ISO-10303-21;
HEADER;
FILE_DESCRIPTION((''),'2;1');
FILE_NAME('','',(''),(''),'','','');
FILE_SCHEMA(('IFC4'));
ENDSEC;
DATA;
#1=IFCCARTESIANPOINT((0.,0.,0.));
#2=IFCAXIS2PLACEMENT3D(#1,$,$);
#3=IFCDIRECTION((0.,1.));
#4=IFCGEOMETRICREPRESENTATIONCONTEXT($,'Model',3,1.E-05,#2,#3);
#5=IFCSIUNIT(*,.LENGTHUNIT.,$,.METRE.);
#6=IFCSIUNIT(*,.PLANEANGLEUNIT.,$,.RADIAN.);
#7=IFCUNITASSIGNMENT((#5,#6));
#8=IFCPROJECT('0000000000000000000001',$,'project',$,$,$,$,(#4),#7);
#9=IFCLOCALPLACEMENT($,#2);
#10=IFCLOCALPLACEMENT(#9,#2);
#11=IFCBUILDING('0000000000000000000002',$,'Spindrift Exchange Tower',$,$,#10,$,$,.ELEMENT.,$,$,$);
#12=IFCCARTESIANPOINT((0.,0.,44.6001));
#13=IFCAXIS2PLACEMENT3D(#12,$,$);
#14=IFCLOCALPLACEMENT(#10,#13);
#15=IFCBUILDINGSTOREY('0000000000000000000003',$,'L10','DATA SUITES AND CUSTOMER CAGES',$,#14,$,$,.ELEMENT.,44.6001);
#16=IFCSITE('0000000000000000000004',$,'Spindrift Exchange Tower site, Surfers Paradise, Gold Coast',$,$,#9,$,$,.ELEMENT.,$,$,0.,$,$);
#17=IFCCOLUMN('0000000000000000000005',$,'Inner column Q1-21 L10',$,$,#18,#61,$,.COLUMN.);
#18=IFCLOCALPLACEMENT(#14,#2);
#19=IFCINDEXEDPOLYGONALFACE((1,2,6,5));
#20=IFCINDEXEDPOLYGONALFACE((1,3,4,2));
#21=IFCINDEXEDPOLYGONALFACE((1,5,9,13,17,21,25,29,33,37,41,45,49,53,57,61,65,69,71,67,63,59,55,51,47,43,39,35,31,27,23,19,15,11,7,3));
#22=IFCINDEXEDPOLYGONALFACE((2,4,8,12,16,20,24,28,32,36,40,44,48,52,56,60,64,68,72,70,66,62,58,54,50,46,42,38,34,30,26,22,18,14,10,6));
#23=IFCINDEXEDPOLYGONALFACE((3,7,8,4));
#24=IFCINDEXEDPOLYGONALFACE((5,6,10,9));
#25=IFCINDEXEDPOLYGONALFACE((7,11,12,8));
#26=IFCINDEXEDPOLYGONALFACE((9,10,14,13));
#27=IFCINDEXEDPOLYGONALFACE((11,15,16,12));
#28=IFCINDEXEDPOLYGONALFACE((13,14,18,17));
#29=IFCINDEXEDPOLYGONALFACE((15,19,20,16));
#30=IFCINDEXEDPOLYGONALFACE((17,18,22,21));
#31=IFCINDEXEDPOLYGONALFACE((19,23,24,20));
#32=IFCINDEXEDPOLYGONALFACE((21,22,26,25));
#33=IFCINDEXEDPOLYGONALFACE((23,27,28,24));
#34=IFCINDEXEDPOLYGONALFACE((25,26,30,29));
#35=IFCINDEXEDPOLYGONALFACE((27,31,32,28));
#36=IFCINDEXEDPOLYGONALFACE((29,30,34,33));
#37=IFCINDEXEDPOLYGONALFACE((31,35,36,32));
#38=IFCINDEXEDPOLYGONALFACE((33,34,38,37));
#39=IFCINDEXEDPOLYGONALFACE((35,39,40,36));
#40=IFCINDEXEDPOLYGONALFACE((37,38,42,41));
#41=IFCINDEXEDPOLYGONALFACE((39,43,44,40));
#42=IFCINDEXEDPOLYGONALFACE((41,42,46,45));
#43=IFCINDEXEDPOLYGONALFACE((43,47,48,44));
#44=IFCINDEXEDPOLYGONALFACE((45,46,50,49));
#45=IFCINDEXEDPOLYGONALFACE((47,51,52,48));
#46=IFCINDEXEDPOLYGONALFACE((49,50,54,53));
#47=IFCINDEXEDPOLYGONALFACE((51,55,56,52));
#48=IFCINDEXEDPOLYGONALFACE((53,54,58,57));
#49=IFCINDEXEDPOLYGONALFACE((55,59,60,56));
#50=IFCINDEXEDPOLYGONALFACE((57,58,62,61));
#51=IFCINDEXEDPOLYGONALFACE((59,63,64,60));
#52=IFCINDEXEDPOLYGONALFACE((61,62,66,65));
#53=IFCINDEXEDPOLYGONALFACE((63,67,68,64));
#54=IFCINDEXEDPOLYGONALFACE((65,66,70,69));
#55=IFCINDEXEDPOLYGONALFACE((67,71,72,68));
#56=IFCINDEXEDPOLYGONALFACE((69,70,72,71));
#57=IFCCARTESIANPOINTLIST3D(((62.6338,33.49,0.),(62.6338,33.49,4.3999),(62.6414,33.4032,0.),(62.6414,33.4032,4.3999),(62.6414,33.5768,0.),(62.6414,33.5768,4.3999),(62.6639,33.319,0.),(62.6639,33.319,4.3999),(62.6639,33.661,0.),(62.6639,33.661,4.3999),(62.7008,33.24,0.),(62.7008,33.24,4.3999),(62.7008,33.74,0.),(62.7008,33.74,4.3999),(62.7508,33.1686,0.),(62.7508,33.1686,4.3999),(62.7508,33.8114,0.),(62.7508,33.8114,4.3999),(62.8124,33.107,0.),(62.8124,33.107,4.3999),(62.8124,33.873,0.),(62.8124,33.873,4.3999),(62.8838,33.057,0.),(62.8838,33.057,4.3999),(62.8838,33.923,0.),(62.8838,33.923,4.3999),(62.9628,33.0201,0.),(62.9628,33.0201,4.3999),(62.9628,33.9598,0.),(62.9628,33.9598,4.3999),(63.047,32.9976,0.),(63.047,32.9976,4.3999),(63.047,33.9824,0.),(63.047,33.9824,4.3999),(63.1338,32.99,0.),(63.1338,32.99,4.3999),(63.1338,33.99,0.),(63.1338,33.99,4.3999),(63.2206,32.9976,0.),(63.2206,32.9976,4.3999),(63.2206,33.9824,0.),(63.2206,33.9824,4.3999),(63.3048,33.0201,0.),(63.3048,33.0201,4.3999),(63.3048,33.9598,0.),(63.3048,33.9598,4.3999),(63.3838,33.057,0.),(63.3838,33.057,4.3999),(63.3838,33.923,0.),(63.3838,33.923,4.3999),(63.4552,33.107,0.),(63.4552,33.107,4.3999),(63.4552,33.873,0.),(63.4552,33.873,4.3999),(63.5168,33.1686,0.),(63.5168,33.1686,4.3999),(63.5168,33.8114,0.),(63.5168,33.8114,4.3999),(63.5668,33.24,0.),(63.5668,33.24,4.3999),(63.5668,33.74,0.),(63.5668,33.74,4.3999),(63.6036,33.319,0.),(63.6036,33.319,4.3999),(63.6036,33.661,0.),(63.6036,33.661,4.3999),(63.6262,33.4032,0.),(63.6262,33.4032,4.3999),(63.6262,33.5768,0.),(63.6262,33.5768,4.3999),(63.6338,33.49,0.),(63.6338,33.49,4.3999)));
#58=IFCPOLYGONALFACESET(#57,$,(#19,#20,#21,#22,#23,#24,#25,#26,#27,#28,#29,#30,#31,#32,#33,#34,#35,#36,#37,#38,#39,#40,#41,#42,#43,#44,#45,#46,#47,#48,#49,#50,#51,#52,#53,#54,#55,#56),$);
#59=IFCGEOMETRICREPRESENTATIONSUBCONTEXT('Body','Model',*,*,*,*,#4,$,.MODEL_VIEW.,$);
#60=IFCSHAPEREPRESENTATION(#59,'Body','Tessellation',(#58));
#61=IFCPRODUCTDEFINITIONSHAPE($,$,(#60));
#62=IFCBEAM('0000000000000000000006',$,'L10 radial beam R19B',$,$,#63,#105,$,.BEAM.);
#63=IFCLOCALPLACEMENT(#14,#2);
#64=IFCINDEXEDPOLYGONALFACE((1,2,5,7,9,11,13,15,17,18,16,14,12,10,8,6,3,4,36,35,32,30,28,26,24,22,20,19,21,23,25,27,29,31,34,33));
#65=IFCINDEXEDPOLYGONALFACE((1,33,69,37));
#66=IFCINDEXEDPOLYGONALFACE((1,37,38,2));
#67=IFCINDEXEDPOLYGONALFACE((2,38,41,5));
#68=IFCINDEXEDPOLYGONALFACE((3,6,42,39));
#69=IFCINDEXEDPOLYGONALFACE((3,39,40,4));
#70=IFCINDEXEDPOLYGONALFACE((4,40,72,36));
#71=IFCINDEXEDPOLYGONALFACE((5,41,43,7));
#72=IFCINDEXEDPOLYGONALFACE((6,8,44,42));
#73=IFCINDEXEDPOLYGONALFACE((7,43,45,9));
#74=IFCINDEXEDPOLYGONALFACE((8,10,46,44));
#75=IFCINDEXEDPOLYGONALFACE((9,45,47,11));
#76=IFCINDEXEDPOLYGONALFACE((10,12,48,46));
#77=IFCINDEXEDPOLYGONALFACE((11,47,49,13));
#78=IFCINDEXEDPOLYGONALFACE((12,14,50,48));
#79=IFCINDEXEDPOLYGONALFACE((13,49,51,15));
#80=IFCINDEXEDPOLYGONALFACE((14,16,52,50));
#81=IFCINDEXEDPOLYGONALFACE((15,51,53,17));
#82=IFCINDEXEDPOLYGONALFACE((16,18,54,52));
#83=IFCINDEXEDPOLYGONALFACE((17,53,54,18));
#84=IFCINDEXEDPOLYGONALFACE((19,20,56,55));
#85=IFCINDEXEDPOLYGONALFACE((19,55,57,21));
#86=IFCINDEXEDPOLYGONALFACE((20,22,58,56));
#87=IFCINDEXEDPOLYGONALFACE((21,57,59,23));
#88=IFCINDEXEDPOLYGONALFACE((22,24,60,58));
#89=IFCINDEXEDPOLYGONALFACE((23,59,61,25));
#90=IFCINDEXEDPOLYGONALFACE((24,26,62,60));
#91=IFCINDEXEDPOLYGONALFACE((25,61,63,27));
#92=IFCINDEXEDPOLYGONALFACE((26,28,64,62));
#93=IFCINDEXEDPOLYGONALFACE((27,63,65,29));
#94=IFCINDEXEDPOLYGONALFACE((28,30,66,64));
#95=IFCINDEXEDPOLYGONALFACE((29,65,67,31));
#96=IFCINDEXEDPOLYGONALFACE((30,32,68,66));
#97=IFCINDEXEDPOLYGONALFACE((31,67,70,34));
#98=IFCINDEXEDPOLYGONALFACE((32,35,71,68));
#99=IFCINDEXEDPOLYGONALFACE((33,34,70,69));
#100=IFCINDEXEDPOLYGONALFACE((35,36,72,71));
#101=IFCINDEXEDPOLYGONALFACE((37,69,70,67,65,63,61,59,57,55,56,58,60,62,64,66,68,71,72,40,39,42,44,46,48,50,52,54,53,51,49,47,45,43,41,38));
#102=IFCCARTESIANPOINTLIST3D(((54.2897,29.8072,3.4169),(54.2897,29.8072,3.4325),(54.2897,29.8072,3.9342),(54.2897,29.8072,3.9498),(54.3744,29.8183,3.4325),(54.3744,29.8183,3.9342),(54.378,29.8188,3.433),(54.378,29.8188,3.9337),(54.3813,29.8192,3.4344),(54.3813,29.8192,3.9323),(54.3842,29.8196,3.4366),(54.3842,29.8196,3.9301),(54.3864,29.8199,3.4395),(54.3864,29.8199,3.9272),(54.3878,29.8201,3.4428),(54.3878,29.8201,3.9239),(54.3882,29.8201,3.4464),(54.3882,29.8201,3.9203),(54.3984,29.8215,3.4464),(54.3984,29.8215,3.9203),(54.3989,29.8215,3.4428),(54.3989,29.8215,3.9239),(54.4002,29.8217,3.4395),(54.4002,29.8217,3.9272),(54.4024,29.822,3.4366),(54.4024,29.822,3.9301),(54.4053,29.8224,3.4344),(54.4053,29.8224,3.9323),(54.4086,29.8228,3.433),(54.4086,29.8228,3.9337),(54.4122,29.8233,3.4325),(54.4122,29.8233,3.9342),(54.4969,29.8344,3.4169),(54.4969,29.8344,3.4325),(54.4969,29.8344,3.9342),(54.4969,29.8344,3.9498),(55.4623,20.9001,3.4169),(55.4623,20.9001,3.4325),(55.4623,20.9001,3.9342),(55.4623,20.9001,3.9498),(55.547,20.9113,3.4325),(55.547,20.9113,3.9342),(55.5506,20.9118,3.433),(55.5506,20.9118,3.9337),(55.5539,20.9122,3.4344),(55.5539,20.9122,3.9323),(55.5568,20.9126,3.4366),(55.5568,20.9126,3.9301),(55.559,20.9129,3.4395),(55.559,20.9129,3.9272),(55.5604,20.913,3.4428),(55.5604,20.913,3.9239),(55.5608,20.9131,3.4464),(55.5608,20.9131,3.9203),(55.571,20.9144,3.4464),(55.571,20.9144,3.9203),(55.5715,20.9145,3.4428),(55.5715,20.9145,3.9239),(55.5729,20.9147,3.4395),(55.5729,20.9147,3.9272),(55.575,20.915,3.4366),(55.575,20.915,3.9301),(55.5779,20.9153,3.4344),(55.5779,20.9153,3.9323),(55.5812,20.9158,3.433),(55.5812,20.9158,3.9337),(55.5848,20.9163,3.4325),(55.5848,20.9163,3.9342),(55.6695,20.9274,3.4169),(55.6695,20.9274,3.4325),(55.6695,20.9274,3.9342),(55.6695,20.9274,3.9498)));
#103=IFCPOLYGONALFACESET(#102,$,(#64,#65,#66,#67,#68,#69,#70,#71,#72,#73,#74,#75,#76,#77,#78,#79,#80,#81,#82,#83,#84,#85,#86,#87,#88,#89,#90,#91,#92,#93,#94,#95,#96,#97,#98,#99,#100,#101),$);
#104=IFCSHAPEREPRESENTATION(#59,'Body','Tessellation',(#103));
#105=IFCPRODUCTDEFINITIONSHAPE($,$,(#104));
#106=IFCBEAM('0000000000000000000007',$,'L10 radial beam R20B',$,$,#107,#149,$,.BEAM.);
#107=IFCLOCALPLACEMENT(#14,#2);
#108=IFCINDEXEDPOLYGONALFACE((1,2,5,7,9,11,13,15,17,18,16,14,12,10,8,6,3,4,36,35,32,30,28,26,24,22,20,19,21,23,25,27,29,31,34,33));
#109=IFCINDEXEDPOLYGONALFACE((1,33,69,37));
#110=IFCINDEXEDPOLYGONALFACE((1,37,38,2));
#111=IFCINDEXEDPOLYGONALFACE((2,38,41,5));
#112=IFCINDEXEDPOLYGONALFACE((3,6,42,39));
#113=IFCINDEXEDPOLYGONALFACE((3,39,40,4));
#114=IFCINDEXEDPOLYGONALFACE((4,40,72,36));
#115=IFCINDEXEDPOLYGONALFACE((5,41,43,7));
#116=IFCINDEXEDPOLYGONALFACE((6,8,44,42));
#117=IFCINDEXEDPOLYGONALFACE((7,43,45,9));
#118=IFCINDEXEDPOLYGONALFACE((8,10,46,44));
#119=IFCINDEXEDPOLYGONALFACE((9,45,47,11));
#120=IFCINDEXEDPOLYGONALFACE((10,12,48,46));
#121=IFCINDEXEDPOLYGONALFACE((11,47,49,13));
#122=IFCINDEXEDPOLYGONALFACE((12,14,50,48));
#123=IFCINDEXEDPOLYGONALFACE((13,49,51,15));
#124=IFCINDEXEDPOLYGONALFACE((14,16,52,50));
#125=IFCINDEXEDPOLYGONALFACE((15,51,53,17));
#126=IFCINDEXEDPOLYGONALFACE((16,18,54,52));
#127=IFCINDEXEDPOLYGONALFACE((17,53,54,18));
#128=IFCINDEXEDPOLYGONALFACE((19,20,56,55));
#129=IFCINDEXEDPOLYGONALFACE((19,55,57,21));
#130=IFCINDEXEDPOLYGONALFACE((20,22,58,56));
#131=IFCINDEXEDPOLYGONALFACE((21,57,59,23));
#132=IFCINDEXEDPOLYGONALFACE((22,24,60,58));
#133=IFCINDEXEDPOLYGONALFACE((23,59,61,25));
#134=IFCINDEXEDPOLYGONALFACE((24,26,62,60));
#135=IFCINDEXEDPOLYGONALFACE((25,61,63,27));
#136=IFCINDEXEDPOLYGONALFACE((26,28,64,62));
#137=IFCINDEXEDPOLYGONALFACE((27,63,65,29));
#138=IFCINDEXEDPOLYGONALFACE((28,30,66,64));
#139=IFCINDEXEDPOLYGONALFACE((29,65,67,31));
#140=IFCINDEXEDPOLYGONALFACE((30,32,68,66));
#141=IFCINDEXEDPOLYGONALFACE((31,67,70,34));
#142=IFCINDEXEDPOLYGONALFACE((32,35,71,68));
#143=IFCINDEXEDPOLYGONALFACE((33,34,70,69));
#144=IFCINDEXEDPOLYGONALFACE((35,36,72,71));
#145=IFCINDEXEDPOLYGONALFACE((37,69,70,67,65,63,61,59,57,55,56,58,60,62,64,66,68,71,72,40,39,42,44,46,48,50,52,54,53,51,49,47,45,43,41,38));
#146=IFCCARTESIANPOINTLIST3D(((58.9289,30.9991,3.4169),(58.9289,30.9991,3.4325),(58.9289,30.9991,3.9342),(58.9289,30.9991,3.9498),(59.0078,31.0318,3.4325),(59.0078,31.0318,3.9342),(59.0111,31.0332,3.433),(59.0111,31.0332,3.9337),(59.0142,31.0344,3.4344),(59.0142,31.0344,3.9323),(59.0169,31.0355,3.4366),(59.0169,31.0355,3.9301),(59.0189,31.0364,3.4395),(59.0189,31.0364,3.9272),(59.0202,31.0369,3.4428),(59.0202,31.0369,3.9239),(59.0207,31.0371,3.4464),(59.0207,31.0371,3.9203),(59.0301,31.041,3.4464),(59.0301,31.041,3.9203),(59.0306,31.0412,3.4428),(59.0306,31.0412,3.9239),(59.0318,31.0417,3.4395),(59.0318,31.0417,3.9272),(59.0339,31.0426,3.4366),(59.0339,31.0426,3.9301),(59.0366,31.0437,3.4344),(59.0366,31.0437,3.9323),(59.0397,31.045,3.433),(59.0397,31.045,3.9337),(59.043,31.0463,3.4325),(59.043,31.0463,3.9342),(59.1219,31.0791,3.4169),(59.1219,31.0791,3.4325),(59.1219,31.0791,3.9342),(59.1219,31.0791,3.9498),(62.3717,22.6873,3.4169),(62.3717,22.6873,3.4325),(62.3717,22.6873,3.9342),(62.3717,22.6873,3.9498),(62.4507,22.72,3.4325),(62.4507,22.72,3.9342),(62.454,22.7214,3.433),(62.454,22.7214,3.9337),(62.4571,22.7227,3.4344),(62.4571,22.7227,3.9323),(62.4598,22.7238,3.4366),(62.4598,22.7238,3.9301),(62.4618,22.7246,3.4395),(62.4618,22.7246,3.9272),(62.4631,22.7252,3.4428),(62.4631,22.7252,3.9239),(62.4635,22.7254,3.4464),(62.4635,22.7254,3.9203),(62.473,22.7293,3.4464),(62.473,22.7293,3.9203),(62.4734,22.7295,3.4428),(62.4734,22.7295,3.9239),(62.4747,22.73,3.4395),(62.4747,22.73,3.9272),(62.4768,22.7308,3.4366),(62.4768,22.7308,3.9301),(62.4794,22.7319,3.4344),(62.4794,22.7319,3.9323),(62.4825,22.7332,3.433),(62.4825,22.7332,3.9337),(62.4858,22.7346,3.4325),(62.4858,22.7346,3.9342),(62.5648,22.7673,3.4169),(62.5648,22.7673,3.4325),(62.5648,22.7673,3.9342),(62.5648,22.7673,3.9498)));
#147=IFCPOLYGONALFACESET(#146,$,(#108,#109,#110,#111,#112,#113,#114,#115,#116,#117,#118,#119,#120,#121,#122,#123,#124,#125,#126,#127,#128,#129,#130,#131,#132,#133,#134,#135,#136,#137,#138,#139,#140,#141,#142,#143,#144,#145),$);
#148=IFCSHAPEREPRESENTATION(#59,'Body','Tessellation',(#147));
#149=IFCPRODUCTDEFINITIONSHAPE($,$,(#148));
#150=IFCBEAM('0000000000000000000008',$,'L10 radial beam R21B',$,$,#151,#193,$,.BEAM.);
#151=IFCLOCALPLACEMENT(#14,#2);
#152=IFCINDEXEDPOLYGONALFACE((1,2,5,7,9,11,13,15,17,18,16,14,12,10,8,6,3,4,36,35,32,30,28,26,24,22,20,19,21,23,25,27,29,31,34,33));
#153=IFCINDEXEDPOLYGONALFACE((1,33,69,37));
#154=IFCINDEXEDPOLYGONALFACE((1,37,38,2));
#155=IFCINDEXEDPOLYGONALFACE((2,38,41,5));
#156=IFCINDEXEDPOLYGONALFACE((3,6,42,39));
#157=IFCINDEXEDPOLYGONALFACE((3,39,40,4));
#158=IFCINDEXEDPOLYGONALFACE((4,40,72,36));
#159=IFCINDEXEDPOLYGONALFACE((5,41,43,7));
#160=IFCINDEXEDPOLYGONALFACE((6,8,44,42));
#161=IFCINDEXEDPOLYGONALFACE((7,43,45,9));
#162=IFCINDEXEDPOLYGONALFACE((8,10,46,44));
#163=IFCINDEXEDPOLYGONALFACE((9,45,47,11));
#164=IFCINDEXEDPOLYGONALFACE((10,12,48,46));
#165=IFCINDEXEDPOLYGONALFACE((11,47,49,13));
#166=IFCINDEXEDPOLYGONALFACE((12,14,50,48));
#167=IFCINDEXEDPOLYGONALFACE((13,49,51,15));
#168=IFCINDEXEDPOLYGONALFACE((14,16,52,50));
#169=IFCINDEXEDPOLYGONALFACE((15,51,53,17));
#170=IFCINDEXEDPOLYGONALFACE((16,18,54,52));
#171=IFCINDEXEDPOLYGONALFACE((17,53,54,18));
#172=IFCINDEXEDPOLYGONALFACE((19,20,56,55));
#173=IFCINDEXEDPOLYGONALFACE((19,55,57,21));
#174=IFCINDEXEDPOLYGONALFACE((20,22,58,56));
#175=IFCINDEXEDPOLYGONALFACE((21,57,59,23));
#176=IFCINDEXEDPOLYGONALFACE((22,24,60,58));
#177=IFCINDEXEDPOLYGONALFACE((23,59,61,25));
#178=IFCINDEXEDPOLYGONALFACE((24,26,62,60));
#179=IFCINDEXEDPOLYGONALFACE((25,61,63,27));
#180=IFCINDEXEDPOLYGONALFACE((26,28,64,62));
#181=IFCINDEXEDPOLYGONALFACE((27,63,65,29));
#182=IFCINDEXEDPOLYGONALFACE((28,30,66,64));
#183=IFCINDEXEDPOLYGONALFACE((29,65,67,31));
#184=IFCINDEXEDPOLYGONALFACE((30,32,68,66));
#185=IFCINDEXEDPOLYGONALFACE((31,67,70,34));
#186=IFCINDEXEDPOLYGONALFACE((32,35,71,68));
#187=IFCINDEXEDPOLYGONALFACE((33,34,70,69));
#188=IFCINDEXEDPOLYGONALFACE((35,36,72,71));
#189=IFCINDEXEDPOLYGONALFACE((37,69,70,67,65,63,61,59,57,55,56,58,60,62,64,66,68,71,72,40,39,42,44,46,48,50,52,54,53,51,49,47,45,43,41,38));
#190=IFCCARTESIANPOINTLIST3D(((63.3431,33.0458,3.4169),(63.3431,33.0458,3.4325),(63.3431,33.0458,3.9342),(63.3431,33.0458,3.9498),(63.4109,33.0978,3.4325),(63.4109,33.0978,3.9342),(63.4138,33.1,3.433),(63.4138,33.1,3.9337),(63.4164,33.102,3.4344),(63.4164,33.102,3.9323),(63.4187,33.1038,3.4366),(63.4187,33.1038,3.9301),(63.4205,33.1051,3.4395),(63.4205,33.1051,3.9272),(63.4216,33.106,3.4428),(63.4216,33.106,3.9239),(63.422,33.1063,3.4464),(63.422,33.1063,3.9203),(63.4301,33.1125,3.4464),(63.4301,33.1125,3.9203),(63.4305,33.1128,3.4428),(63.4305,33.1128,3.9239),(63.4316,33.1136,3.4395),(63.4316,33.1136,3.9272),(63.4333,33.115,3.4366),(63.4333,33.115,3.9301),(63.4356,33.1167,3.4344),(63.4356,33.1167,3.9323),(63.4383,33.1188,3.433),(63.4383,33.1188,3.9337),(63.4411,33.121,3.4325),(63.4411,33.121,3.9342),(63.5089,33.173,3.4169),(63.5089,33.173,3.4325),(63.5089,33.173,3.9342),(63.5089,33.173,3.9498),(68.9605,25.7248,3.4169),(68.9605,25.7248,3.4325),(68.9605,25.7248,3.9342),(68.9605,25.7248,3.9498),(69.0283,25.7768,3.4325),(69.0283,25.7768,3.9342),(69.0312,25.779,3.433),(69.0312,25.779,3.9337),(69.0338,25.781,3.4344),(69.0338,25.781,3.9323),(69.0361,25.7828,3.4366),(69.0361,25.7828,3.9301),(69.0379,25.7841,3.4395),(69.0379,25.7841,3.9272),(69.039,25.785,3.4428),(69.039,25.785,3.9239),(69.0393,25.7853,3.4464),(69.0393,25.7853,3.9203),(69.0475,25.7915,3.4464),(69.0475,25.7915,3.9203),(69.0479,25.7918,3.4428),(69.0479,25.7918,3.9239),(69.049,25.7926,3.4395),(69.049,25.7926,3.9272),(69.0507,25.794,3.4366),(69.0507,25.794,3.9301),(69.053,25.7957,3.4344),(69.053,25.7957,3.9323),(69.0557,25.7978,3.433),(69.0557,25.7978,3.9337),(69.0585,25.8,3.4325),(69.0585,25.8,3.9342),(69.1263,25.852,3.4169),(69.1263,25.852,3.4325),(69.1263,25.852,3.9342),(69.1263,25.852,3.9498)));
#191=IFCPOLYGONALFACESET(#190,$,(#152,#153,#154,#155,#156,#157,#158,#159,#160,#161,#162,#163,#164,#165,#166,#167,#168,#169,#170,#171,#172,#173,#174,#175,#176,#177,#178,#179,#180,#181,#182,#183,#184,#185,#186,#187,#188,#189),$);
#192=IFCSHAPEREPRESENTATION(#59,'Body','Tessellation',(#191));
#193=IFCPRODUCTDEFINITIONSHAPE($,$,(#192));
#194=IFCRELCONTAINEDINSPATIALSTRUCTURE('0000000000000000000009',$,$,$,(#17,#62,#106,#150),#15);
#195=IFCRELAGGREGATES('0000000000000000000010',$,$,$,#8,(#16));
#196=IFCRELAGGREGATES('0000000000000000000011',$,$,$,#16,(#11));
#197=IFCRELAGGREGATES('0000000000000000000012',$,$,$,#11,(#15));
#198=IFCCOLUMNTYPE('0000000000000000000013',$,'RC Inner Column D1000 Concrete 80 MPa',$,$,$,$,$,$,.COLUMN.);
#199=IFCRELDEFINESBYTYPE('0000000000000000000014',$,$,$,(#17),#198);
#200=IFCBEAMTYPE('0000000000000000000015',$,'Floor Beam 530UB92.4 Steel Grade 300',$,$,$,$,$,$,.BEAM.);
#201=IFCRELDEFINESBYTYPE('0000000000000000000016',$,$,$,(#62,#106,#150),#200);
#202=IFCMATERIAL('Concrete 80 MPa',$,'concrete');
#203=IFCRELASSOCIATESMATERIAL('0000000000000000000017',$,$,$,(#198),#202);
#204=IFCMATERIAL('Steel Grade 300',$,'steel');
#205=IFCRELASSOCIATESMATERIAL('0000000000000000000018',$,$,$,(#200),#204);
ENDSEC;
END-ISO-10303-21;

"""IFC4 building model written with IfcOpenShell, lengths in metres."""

from ifc_helpers import new_model, si_unit, direction, frame, origin, origin_2d, place, context, subcontext, project, spatial, circle, i_section, extrude, source, transform, mapped, material, material_profile, profile_set, type_object, element, save


model = new_model("IFC4")

# Units and contexts
model_context = context("Model", 3, precision=1e-05, world=origin(), true_north=direction((0.0, 1.0)))
body_context = subcontext(model_context, "Body", "Model", "MODEL_VIEW")
ifc_project = project(units=[si_unit("LENGTHUNIT", "METRE"), si_unit("PLANEANGLEUNIT", "RADIAN")], contexts=[model_context])

# Site, building, storey
site_placement = place(None, origin())
site = spatial("IfcSite", under=ifc_project, at=site_placement, Name="Spindrift Exchange Tower site, Surfers Paradise, Gold Coast", CompositionType="ELEMENT", RefElevation=0.0)
building_placement = place(site_placement, origin())
building = spatial("IfcBuilding", under=site, at=building_placement, Name="Spindrift Exchange Tower", CompositionType="ELEMENT")
storey_placement = place(building_placement, frame((0.0, 0.0, 44.6001)))
storey = spatial("IfcBuildingStorey", under=building, at=storey_placement, Name="L10", Description="DATA SUITES AND CUSTOMER CAGES", CompositionType="ELEMENT", Elevation=44.6001)

# Column
ifc_material_1 = material(Name="Concrete 80 MPa", Category="concrete")
ifc_material_profile_1 = material_profile(ifc_material_1, circle(Radius=0.5, at=origin_2d()), Name="RC D1000")
ifc_profile_set_1 = profile_set([ifc_material_profile_1], Name="Concrete 80 MPa")
column_type_1 = type_object("IfcColumnType", Name="RC Inner Column D1000 Concrete 80 MPa", PredefinedType="COLUMN", material=ifc_profile_set_1)
shared_shape_1 = source(origin(), body_context, "Body", "SweptSolid", [
    extrude(circle(Radius=0.5, at=origin_2d()), origin(), (0.0, 0.0, 1.0), 4.3999),
])
for number, where, z_axis, x_axis, name in (
    (1, (63.1338, 33.49, 0.0), (0.0, 0.0, 1.0), (1.0, 0.0, 0.0), "Inner column Q1-21 L10"),
):
    element("IfcColumn", number, at=place(storey_placement, frame(where, z_axis=z_axis, x_axis=x_axis)), inside=storey, type_object=column_type_1, Name=name, PredefinedType="COLUMN", context=body_context, shape_type="MappedRepresentation", body=[
        mapped(shared_shape_1, transform((0.0, 0.0, 0.0), scale=1.0)),
    ])

# Beams
ifc_material_2 = material(Name="Steel Grade 300", Category="steel")
ifc_material_profile_2 = material_profile(ifc_material_2, i_section(OverallWidth=0.209, OverallDepth=0.533, WebThickness=0.0103, FlangeThickness=0.0156, FilletRadius=0.0139, at=origin_2d()), Name="530UB92.4")
ifc_profile_set_2 = profile_set([ifc_material_profile_2], Name="Steel Grade 300")
beam_type_1 = type_object("IfcBeamType", Name="Floor Beam 530UB92.4 Steel Grade 300", PredefinedType="BEAM", material=ifc_profile_set_2)
shared_shape_2 = source(origin(), body_context, "Body", "SweptSolid", [
    extrude(i_section(OverallWidth=0.209, OverallDepth=0.533, WebThickness=0.0103, FlangeThickness=0.0156, FilletRadius=0.0139, at=origin_2d()), origin(), (0.0, 0.0, 1.0), 8.9839),
])
beam_1_placement = place(storey_placement, frame((54.3933, 29.8208, 3.6833), z_axis=(0.130524, -0.991445, 0.0), x_axis=(0.991445, 0.130524, 0.0)))
element("IfcBeam", 2, at=beam_1_placement, inside=storey, type_object=beam_type_1, Name="L10 radial beam R19B", PredefinedType="BEAM", context=body_context, shape_type="MappedRepresentation", body=[
    mapped(shared_shape_2, transform((0.0, 0.0, 0.0), scale=1.0)),
])
shared_shape_3 = source(origin(), body_context, "Body", "SweptSolid", [
    extrude(i_section(OverallWidth=0.209, OverallDepth=0.533, WebThickness=0.0103, FlangeThickness=0.0156, FilletRadius=0.0139, at=origin_2d()), origin(), (0.0, 0.0, 1.0), 8.9966),
])
beam_2_placement = place(storey_placement, frame((59.0254, 31.0391, 3.6833), z_axis=(0.382686, -0.923879, 0.0), x_axis=(0.923879, 0.382686, 0.0)))
element("IfcBeam", 3, at=beam_2_placement, inside=storey, type_object=beam_type_1, Name="L10 radial beam R20B", PredefinedType="BEAM", context=body_context, shape_type="MappedRepresentation", body=[
    mapped(shared_shape_3, transform((0.0, 0.0, 0.0), scale=1.0)),
])
shared_shape_4 = source(origin(), body_context, "Body", "SweptSolid", [
    extrude(i_section(OverallWidth=0.209, OverallDepth=0.533, WebThickness=0.0103, FlangeThickness=0.0156, FilletRadius=0.0139, at=origin_2d()), origin(), (0.0, 0.0, 1.0), 9.2278),
])
beam_3_placement = place(storey_placement, frame((63.426, 33.1094, 3.6833), z_axis=(0.608748, -0.793364, 0.0), x_axis=(0.793364, 0.608748, 0.0)))
element("IfcBeam", 4, at=beam_3_placement, inside=storey, type_object=beam_type_1, Name="L10 radial beam R21B", PredefinedType="BEAM", context=body_context, shape_type="MappedRepresentation", body=[
    mapped(shared_shape_4, transform((0.0, 0.0, 0.0), scale=1.0)),
])

save(model, "model.ifc")
